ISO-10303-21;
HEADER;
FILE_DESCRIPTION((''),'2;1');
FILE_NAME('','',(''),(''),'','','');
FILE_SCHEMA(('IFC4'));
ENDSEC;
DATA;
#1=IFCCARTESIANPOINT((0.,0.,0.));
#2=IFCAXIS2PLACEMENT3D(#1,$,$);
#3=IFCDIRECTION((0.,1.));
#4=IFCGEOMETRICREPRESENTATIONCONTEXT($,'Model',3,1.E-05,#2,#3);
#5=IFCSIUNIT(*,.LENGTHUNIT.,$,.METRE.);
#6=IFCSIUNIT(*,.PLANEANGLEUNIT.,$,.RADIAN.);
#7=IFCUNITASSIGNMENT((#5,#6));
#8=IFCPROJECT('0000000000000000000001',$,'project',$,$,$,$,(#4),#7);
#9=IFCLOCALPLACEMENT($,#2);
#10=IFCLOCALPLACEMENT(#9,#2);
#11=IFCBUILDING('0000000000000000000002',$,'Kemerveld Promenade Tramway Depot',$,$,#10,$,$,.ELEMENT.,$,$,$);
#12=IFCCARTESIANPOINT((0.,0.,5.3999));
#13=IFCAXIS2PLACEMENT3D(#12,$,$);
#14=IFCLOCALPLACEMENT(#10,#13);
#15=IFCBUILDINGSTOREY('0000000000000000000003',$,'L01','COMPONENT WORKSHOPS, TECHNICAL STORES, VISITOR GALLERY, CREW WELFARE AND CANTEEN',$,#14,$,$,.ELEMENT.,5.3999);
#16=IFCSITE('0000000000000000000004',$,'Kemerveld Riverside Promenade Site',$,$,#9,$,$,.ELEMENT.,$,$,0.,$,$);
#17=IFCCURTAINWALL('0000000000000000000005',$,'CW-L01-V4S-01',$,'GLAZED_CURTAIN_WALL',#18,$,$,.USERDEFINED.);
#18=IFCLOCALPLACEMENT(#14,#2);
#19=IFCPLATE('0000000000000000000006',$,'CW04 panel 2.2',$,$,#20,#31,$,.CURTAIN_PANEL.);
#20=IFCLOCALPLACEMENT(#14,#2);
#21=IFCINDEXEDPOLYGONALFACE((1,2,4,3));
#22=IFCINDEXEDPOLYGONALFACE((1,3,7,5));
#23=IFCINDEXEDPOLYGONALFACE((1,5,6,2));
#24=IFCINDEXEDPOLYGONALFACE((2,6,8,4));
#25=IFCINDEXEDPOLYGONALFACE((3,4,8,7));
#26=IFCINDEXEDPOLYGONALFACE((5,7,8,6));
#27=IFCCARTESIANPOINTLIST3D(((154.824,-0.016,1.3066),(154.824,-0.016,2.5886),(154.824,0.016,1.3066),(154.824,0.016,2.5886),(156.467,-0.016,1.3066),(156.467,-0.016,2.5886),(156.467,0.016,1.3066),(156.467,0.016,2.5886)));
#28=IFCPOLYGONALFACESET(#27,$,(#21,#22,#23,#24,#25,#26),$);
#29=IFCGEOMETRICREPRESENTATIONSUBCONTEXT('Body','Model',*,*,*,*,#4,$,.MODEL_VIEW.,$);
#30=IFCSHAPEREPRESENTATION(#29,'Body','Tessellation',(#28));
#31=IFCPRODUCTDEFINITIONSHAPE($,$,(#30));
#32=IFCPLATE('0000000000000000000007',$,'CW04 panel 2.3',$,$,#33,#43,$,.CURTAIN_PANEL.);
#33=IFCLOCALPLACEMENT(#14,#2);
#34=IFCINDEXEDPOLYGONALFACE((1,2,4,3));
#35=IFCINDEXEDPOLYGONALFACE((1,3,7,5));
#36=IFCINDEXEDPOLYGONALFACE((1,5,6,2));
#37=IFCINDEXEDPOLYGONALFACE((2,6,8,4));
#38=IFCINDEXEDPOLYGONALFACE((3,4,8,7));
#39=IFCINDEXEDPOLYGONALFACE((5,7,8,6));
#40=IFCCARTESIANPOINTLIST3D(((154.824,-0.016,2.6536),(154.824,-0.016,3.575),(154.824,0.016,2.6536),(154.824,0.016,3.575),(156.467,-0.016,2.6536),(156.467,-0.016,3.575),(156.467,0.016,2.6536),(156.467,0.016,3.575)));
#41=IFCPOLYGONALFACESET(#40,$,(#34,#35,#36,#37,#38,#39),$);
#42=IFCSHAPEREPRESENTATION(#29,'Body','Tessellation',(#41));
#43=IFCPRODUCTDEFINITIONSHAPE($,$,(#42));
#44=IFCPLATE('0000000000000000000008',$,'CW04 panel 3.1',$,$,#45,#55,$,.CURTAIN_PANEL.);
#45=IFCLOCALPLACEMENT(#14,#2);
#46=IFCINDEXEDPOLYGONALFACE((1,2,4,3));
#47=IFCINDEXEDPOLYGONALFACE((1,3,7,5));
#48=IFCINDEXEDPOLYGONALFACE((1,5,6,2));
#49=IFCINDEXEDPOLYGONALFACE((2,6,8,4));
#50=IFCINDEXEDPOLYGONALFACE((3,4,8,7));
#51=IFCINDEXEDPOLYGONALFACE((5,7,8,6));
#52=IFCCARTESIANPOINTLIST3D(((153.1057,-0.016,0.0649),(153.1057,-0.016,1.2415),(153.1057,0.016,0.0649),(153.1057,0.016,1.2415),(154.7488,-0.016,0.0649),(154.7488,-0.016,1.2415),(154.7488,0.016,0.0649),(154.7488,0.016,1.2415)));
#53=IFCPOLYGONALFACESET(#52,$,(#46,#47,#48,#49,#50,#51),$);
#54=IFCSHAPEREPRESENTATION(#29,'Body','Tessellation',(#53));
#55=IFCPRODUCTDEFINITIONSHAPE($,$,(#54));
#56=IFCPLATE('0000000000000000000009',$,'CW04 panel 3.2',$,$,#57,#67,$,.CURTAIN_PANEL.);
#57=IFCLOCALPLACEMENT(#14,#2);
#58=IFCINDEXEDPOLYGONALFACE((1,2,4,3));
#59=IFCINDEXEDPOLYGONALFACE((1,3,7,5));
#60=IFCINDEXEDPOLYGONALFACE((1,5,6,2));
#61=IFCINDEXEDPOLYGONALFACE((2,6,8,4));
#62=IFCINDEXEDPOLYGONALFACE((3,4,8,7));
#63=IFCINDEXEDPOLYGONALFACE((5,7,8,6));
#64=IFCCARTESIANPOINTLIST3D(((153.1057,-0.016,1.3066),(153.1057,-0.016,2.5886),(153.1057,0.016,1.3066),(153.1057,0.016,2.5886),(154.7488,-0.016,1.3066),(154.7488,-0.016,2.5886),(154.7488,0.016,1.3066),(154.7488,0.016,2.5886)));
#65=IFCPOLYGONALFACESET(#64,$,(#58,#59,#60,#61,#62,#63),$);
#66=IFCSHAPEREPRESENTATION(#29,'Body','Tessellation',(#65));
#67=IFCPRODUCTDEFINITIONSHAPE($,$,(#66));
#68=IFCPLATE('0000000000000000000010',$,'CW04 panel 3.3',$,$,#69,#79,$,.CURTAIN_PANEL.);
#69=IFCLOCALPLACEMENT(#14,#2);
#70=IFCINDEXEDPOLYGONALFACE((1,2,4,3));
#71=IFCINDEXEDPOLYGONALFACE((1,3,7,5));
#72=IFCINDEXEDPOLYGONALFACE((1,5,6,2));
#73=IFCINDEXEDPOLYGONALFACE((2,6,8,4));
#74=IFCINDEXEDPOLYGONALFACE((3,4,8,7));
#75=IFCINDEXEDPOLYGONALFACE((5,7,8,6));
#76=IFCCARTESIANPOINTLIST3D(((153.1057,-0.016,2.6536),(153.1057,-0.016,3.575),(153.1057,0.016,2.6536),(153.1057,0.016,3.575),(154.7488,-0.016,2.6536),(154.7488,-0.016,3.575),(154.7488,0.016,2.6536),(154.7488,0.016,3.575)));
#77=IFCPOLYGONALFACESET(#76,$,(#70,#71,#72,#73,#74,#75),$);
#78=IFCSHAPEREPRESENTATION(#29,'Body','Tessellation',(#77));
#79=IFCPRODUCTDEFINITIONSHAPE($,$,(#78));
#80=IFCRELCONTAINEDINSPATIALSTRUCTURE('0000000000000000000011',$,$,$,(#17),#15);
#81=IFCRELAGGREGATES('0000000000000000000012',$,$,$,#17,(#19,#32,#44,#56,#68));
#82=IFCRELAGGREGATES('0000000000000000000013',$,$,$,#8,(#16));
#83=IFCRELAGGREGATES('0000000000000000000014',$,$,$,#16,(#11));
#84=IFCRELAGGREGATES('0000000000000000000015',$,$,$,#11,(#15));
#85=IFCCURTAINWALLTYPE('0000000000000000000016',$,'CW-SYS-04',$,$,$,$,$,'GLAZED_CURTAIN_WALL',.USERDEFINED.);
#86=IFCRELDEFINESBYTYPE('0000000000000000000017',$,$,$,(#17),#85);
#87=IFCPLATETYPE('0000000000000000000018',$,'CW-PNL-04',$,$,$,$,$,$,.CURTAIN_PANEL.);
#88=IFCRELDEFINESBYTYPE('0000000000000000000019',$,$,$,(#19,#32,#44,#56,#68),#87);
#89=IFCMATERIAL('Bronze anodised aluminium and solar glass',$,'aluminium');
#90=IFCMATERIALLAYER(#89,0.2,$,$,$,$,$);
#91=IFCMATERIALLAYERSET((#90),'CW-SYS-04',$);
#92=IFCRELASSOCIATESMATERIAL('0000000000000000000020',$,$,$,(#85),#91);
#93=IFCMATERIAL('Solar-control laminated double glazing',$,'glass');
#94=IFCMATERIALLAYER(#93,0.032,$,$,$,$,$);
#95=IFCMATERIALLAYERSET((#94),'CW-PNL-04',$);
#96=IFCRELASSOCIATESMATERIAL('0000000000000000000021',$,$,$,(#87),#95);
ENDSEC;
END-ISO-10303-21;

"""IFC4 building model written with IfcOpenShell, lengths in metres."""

from ifc_helpers import new_model, si_unit, direction, frame, origin, origin_2d, place, context, subcontext, project, spatial, rectangle, extrude, material, layer, layer_set, type_object, element, aggregate, save


model = new_model("IFC4")

# Units and contexts
model_context = context("Model", 3, precision=1e-05, world=origin(), true_north=direction((0.0, 1.0)))
body_context = subcontext(model_context, "Body", "Model", "MODEL_VIEW")
ifc_project = project(units=[si_unit("LENGTHUNIT", "METRE"), si_unit("PLANEANGLEUNIT", "RADIAN")], contexts=[model_context])

# Site, building, storey
site_placement = place(None, origin())
site = spatial("IfcSite", under=ifc_project, at=site_placement, Name="Kemerveld Riverside Promenade Site", CompositionType="ELEMENT", RefElevation=0.0)
building_placement = place(site_placement, origin())
building = spatial("IfcBuilding", under=site, at=building_placement, Name="Kemerveld Promenade Tramway Depot", CompositionType="ELEMENT")
storey_placement = place(building_placement, frame((0.0, 0.0, 5.3999)))
storey = spatial("IfcBuildingStorey", under=building, at=storey_placement, Name="L01", Description="COMPONENT WORKSHOPS, TECHNICAL STORES, VISITOR GALLERY, CREW WELFARE AND CANTEEN", CompositionType="ELEMENT", Elevation=5.3999)

# Curtain wall, plates
ifc_material_1 = material(Name="Bronze anodised aluminium and solar glass", Category="aluminium")
ifc_layer_1 = layer(ifc_material_1, 0.2)
ifc_layer_set_1 = layer_set([ifc_layer_1], Name="CW-SYS-04")
curtain_wall_type = type_object("IfcCurtainWallType", Name="CW-SYS-04", ElementType="GLAZED_CURTAIN_WALL", PredefinedType="USERDEFINED", material=ifc_layer_set_1)
curtain_wall_placement = place(storey_placement, origin())
curtain_wall = element("IfcCurtainWall", 1, at=curtain_wall_placement, inside=storey, type_object=curtain_wall_type, Name="CW-L01-V4S-01", ObjectType="GLAZED_CURTAIN_WALL", PredefinedType="USERDEFINED")
ifc_material_2 = material(Name="Solar-control laminated double glazing", Category="glass")
ifc_layer_2 = layer(ifc_material_2, 0.032)
ifc_layer_set_2 = layer_set([ifc_layer_2], Name="CW-PNL-04")
plate_type = type_object("IfcPlateType", Name="CW-PNL-04", PredefinedType="CURTAIN_PANEL", material=ifc_layer_set_2)
plate_1_placement = place(storey_placement, frame((155.6455, 0.0, 1.3066), z_axis=(0.0, 0.0, 1.0), x_axis=(-1.0, 0.0, 0.0)))
plate_1 = element("IfcPlate", 2, at=plate_1_placement, type_object=plate_type, Name="CW04 panel 2.2", PredefinedType="CURTAIN_PANEL", context=body_context, shape_type="SweptSolid", body=[
    extrude(rectangle(XDim=1.6431, YDim=0.032, at=origin_2d()), origin(), (0.0, 0.0, 1.0), 1.282),
])
plate_2_placement = place(storey_placement, frame((155.6455, 0.0, 2.6536), z_axis=(0.0, 0.0, 1.0), x_axis=(-1.0, 0.0, 0.0)))
plate_2 = element("IfcPlate", 3, at=plate_2_placement, type_object=plate_type, Name="CW04 panel 2.3", PredefinedType="CURTAIN_PANEL", context=body_context, shape_type="SweptSolid", body=[
    extrude(rectangle(XDim=1.6431, YDim=0.032, at=origin_2d()), origin(), (0.0, 0.0, 1.0), 0.9214),
])
plate_3_placement = place(storey_placement, frame((153.9272, 0.0, 0.0649), z_axis=(0.0, 0.0, 1.0), x_axis=(-1.0, 0.0, 0.0)))
plate_3 = element("IfcPlate", 4, at=plate_3_placement, type_object=plate_type, Name="CW04 panel 3.1", PredefinedType="CURTAIN_PANEL", context=body_context, shape_type="SweptSolid", body=[
    extrude(rectangle(XDim=1.6431, YDim=0.032, at=origin_2d()), origin(), (0.0, 0.0, 1.0), 1.1765),
])
plate_4_placement = place(storey_placement, frame((153.9272, 0.0, 1.3066), z_axis=(0.0, 0.0, 1.0), x_axis=(-1.0, 0.0, 0.0)))
plate_4 = element("IfcPlate", 5, at=plate_4_placement, type_object=plate_type, Name="CW04 panel 3.2", PredefinedType="CURTAIN_PANEL", context=body_context, shape_type="SweptSolid", body=[
    extrude(rectangle(XDim=1.6431, YDim=0.032, at=origin_2d()), origin(), (0.0, 0.0, 1.0), 1.282),
])
plate_5_placement = place(storey_placement, frame((153.9272, 0.0, 2.6536), z_axis=(0.0, 0.0, 1.0), x_axis=(-1.0, 0.0, 0.0)))
plate_5 = element("IfcPlate", 6, at=plate_5_placement, type_object=plate_type, Name="CW04 panel 3.3", PredefinedType="CURTAIN_PANEL", context=body_context, shape_type="SweptSolid", body=[
    extrude(rectangle(XDim=1.6431, YDim=0.032, at=origin_2d()), origin(), (0.0, 0.0, 1.0), 0.9214),
])
aggregate(curtain_wall, [plate_1, plate_2, plate_3, plate_4, plate_5])

save(model, "model.ifc")
